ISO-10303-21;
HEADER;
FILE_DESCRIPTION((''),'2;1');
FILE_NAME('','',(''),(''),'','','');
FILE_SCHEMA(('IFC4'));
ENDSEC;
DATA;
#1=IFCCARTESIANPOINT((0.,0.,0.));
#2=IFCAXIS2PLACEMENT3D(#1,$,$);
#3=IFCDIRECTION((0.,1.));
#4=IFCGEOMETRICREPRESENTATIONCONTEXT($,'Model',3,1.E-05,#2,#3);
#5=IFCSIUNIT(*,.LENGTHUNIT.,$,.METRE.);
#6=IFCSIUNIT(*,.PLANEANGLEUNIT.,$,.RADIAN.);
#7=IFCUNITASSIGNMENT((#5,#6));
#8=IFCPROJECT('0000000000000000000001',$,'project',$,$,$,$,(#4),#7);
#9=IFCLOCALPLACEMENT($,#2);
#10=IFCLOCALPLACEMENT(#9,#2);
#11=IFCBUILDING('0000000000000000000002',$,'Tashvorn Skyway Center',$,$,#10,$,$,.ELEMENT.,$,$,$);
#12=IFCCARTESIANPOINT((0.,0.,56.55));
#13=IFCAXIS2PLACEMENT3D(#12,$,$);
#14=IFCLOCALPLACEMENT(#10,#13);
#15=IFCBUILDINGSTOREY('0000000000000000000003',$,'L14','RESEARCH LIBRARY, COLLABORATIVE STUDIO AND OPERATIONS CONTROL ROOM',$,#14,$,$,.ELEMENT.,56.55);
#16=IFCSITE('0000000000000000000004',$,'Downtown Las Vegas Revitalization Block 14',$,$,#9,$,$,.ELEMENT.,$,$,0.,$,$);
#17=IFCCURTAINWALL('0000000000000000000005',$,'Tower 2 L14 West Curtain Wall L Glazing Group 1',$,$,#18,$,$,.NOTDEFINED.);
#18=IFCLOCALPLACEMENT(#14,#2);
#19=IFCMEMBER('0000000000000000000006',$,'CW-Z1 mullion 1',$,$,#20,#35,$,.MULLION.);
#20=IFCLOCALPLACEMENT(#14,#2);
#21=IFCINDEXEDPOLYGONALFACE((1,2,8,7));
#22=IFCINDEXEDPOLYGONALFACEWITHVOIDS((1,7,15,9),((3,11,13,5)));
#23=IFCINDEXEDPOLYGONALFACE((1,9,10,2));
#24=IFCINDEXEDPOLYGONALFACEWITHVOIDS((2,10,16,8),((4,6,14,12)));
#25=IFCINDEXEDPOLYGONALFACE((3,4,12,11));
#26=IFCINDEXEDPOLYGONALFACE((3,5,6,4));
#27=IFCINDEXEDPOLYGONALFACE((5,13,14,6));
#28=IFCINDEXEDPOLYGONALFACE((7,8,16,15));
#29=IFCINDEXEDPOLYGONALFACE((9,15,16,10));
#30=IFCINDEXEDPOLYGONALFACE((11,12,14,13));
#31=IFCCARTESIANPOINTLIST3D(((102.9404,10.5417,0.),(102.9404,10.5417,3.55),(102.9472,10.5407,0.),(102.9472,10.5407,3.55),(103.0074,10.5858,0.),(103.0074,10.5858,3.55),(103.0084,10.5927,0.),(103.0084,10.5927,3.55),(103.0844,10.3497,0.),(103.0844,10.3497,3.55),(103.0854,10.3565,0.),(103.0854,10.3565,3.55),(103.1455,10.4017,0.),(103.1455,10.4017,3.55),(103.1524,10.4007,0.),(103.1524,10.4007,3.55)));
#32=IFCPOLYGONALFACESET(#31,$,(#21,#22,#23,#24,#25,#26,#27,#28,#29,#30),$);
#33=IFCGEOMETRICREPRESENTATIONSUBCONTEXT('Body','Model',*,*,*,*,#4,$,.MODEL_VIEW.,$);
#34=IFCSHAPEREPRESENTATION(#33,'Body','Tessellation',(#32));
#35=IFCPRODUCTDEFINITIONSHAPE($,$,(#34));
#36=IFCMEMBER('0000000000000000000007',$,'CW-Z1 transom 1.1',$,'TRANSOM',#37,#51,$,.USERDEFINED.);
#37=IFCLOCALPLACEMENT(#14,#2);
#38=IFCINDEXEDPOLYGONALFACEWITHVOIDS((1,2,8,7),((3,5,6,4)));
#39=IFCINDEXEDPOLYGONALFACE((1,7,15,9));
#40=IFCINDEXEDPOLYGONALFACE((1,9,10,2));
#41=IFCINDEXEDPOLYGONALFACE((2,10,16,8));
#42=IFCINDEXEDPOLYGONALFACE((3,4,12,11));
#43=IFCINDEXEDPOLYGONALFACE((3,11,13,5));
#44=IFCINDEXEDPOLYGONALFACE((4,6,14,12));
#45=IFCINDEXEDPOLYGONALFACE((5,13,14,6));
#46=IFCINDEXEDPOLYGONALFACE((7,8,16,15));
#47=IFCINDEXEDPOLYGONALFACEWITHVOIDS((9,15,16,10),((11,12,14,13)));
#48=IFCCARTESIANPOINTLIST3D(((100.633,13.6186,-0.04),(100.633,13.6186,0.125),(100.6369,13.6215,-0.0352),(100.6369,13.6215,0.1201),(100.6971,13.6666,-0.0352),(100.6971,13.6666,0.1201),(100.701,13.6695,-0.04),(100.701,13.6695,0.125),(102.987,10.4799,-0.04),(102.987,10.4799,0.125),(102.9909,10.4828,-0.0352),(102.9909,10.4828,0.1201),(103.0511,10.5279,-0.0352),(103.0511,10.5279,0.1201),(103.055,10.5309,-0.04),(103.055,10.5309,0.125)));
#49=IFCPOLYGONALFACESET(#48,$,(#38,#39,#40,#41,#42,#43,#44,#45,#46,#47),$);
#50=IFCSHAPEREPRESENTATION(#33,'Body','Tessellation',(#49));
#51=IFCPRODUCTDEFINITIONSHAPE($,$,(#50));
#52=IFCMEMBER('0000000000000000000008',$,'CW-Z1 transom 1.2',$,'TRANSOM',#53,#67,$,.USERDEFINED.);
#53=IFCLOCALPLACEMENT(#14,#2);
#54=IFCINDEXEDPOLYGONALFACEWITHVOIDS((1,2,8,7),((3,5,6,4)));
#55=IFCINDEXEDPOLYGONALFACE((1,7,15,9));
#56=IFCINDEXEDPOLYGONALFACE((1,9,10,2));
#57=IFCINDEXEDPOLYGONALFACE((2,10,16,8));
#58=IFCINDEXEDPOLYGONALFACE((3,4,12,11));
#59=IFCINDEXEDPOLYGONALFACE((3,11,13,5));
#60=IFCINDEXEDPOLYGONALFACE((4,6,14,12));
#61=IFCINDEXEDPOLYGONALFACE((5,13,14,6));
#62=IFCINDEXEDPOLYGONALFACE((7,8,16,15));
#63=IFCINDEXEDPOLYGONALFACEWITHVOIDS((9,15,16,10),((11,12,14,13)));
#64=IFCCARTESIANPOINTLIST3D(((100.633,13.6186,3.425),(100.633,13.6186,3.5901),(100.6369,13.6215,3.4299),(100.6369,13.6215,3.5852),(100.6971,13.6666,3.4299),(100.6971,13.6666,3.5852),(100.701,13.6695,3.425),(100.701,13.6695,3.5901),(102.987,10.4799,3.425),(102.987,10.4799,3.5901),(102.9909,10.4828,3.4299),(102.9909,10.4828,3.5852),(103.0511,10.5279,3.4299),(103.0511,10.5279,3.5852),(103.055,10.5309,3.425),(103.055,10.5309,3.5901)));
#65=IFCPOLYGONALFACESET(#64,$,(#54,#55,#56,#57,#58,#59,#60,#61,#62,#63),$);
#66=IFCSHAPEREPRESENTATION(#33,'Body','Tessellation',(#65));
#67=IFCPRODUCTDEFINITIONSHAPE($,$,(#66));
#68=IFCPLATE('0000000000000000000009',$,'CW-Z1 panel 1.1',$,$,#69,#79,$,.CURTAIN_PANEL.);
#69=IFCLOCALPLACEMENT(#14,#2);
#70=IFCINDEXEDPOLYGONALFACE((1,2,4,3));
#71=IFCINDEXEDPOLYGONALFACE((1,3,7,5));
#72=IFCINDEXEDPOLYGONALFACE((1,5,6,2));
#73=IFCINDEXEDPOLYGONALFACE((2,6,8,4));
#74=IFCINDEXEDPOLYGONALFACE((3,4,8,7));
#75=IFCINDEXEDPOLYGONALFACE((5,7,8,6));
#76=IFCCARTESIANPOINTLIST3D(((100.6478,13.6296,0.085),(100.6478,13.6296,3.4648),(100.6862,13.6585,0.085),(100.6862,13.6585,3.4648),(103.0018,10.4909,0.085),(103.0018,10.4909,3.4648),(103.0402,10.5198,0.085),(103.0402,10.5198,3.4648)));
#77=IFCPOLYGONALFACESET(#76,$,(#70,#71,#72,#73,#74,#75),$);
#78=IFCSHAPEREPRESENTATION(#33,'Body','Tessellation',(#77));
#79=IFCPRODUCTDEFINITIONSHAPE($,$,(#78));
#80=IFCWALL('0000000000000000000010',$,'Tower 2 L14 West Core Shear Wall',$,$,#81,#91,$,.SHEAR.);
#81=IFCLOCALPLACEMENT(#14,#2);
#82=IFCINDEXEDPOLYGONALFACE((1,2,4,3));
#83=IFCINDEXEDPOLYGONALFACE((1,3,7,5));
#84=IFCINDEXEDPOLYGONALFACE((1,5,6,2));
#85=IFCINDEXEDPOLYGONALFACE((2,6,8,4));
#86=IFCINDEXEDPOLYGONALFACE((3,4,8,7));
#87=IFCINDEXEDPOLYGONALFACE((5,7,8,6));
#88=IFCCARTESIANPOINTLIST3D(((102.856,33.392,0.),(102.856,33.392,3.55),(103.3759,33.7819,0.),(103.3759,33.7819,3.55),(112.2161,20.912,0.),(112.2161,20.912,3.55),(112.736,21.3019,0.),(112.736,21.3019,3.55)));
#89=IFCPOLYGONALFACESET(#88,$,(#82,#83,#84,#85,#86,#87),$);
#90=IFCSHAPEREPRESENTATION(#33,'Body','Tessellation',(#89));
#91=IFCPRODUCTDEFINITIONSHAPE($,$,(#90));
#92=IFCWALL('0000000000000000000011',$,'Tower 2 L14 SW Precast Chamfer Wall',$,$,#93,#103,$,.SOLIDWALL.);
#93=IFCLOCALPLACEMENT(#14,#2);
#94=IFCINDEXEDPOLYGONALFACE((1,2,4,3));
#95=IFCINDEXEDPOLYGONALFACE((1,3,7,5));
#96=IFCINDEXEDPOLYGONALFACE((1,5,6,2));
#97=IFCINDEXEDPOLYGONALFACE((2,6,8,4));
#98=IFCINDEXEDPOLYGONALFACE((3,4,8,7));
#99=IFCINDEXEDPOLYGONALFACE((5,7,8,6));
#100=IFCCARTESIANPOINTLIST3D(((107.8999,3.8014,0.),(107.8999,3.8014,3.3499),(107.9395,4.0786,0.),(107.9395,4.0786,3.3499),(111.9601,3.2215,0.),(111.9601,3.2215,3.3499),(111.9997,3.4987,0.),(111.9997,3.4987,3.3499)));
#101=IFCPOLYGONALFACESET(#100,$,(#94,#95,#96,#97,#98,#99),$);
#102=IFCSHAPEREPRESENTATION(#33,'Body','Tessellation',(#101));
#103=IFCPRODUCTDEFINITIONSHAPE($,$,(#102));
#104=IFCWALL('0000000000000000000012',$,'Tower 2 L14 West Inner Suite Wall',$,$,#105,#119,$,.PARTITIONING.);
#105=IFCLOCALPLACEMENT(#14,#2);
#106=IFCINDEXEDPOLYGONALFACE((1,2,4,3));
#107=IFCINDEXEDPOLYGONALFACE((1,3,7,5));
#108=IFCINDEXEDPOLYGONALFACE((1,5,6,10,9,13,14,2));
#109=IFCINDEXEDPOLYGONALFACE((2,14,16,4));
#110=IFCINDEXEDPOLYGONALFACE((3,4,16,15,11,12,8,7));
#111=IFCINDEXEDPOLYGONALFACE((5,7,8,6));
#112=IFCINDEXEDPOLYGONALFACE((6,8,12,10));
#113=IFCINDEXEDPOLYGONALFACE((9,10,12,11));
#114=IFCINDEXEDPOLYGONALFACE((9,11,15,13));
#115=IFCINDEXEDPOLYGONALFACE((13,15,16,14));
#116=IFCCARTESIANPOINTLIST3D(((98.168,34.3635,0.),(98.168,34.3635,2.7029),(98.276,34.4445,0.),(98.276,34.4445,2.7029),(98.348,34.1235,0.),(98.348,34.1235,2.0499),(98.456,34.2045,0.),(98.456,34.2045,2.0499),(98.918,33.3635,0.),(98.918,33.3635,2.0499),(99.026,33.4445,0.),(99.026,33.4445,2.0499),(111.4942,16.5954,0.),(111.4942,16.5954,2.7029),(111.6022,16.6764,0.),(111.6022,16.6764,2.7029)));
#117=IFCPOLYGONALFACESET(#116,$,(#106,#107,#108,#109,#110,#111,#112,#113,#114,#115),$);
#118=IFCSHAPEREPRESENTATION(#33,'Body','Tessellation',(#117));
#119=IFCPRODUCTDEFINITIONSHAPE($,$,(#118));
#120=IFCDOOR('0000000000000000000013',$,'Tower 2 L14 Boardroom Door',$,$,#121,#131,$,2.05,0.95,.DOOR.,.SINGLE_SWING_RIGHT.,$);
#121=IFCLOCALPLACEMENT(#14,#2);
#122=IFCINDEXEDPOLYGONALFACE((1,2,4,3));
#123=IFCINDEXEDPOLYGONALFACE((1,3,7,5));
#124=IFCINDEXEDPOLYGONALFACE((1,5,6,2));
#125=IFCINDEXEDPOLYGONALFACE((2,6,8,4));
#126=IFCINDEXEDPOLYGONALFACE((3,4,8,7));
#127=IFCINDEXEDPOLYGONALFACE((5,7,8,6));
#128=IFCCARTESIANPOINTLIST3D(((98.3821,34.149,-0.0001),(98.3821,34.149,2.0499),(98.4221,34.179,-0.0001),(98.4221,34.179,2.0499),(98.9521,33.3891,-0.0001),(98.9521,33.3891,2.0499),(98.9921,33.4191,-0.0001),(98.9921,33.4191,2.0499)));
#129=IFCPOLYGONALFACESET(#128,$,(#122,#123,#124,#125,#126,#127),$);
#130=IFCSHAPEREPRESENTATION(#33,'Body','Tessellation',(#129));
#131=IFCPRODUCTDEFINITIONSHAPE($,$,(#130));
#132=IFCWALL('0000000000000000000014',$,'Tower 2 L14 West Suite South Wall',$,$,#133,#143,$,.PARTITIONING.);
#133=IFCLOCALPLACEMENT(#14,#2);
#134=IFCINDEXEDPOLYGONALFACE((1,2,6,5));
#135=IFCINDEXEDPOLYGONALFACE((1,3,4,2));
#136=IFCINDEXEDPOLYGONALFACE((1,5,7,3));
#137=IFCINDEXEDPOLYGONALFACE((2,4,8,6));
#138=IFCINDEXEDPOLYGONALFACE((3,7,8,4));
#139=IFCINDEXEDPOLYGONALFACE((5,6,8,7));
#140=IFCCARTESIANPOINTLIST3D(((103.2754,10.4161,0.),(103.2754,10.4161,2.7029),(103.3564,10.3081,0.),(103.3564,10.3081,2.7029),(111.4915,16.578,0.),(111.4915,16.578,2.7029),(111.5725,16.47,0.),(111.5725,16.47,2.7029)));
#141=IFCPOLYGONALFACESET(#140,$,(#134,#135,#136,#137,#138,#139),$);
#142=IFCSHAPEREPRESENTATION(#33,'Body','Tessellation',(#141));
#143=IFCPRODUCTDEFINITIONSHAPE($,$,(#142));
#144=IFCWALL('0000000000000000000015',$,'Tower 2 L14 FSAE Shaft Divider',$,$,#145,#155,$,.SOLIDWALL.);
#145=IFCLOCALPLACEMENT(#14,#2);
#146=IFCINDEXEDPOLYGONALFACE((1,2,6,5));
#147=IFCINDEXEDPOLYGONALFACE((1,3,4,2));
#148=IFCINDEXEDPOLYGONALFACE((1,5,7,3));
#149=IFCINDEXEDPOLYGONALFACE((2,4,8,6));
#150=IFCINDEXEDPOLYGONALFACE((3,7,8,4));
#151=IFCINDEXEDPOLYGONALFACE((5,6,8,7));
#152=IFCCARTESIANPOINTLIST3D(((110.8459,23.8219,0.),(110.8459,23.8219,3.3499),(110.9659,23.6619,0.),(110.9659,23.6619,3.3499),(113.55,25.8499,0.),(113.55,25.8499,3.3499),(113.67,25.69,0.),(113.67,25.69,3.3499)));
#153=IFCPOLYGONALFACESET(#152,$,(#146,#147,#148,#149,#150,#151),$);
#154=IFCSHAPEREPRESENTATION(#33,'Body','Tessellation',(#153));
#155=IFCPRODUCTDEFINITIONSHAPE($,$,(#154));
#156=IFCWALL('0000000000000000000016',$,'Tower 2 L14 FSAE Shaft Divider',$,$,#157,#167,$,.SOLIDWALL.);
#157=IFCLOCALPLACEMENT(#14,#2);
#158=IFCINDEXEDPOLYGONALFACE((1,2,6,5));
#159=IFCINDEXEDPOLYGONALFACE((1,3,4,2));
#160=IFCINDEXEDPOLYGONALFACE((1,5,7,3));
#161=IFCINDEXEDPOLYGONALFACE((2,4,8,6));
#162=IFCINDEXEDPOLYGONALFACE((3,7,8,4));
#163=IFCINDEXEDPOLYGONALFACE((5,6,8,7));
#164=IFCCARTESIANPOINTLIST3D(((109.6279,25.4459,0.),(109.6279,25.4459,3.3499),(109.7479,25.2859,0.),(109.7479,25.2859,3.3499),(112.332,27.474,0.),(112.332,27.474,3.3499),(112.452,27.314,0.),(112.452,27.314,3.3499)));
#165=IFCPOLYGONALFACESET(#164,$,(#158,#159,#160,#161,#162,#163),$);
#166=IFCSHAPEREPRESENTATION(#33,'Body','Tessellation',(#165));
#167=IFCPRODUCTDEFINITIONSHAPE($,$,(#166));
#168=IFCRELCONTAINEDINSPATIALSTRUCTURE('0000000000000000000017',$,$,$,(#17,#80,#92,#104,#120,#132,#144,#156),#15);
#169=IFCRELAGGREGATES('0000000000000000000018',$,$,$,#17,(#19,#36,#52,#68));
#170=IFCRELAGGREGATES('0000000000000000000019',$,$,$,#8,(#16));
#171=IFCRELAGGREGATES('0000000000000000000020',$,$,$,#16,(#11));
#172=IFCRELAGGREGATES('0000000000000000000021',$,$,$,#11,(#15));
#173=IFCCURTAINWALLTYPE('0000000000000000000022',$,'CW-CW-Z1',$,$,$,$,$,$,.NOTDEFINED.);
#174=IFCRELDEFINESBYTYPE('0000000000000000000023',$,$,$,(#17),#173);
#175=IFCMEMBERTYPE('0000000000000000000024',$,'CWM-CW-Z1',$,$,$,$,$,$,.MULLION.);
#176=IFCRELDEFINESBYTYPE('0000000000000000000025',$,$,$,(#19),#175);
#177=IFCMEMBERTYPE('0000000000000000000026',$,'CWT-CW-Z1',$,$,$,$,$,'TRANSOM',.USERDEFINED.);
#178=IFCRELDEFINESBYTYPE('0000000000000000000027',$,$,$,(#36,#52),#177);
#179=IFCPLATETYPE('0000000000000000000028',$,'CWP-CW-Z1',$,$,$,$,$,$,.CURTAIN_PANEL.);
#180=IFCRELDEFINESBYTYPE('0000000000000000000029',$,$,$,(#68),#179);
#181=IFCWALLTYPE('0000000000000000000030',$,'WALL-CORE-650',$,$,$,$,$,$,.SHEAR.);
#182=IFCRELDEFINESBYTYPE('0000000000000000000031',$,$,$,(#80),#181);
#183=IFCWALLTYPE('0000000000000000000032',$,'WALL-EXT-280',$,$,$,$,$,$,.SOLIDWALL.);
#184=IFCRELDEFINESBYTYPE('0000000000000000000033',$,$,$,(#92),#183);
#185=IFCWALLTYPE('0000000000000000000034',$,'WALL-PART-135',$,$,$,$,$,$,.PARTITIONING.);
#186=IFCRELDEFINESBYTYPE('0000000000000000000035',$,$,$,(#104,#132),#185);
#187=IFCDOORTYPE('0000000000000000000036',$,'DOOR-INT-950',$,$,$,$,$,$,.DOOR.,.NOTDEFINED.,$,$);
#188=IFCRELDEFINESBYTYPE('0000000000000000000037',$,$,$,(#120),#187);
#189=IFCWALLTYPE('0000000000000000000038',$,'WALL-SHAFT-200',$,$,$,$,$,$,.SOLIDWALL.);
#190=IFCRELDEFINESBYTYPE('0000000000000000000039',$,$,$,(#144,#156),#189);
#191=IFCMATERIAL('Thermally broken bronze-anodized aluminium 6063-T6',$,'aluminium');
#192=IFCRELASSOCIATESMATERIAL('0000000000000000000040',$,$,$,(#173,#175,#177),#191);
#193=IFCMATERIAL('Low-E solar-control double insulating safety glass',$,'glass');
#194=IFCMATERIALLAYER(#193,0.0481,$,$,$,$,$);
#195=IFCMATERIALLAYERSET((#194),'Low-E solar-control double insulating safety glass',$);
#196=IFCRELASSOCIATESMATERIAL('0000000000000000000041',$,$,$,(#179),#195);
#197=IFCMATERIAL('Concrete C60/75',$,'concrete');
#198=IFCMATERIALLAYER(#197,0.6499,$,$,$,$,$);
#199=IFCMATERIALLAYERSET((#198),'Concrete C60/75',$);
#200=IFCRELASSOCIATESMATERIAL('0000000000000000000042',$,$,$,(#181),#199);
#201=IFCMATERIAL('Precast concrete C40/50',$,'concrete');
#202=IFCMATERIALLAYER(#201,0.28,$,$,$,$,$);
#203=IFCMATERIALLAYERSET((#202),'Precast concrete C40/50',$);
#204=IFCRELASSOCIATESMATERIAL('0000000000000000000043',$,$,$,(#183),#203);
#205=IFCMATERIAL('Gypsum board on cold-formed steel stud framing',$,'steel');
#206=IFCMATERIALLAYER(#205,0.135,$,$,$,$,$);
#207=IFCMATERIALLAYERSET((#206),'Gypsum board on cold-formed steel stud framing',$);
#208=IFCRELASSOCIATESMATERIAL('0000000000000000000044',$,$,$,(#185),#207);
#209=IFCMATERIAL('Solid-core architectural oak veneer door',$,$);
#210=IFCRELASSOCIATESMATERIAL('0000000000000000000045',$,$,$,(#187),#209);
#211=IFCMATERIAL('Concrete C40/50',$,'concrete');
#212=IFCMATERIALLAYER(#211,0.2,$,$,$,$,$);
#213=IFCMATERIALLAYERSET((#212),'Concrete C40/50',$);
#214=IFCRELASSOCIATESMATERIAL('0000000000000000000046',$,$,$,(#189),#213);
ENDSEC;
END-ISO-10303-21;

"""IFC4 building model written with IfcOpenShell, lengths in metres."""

from ifc_helpers import new_model, si_unit, direction, frame, frame_2d, origin, origin_2d, place, context, subcontext, project, spatial, rectangle, hollow_rectangle, extrude, material, layer, layer_set, material_profile, profile_set, type_object, element, fill, aggregate, save


model = new_model("IFC4")

# Units and contexts
model_context = context("Model", 3, precision=1e-05, world=origin(), true_north=direction((0.0, 1.0)))
body_context = subcontext(model_context, "Body", "Model", "MODEL_VIEW")
ifc_project = project(units=[si_unit("LENGTHUNIT", "METRE"), si_unit("PLANEANGLEUNIT", "RADIAN")], contexts=[model_context])

# Site, building, storey
site_placement = place(None, origin())
site = spatial("IfcSite", under=ifc_project, at=site_placement, Name="Downtown Las Vegas Revitalization Block 14", CompositionType="ELEMENT", RefElevation=0.0)
building_placement = place(site_placement, origin())
building = spatial("IfcBuilding", under=site, at=building_placement, Name="Tashvorn Skyway Center", CompositionType="ELEMENT")
storey_placement = place(building_placement, frame((0.0, 0.0, 56.55)))
storey = spatial("IfcBuildingStorey", under=building, at=storey_placement, Name="L14", Description="RESEARCH LIBRARY, COLLABORATIVE STUDIO AND OPERATIONS CONTROL ROOM", CompositionType="ELEMENT", Elevation=56.55)

# Shared definitions
ifc_material_1 = material(Name="Concrete C60/75", Category="concrete")

# Curtain wall, members, plate
ifc_material_2 = material(Name="Thermally broken bronze-anodized aluminium 6063-T6", Category="aluminium")
curtain_wall_type = type_object("IfcCurtainWallType", Name="CW-CW-Z1", PredefinedType="NOTDEFINED", material=ifc_material_2)
curtain_wall_placement = place(storey_placement, origin())
curtain_wall = element("IfcCurtainWall", 1, at=curtain_wall_placement, inside=storey, type_object=curtain_wall_type, Name="Tower 2 L14 West Curtain Wall L Glazing Group 1", PredefinedType="NOTDEFINED")
ifc_material_profile_1 = material_profile(ifc_material_2, hollow_rectangle(XDim=0.085, YDim=0.24, WallThickness=0.0049, at=origin_2d()), Name="ALU-MULL-85x240")
ifc_profile_set_1 = profile_set([ifc_material_profile_1], Name="Thermally broken bronze-anodized aluminium 6063-T6")
member_type_1 = type_object("IfcMemberType", Name="CWM-CW-Z1", PredefinedType="MULLION", material=ifc_profile_set_1)
member_1_placement = place(storey_placement, frame((103.0464, 10.4712, 0.0), z_axis=(0.0, 0.0, 1.0), x_axis=(-0.800003, -0.599996, 0.0)))
member_1 = element("IfcMember", 2, at=member_1_placement, type_object=member_type_1, Name="CW-Z1 mullion 1", PredefinedType="MULLION", context=body_context, shape_type="SweptSolid", body=[
    extrude(hollow_rectangle(XDim=0.085, YDim=0.24, WallThickness=0.0049, at=origin_2d()), origin(), (0.0, 0.0, 1.0), 3.55),
])
ifc_material_profile_2 = material_profile(ifc_material_2, hollow_rectangle(XDim=0.085, YDim=0.165, WallThickness=0.0049, at=origin_2d()), Name="ALU-TRAN-85x165")
ifc_profile_set_2 = profile_set([ifc_material_profile_2], Name="Thermally broken bronze-anodized aluminium 6063-T6")
member_type_2 = type_object("IfcMemberType", Name="CWT-CW-Z1", ElementType="TRANSOM", PredefinedType="USERDEFINED", material=ifc_profile_set_2)
member_2_placement = place(storey_placement, frame((103.021, 10.5054, 0.0425), z_axis=(-0.6, 0.8, 0.0), x_axis=(-0.8, -0.6, 0.0)))
member_2 = element("IfcMember", 3, at=member_2_placement, type_object=member_type_2, Name="CW-Z1 transom 1.1", ObjectType="TRANSOM", PredefinedType="USERDEFINED", context=body_context, shape_type="SweptSolid", body=[
    extrude(hollow_rectangle(XDim=0.085, YDim=0.165, WallThickness=0.0049, at=origin_2d()), origin(), (0.0, 0.0, 1.0), 3.9233),
])
member_3_placement = place(storey_placement, frame((103.021, 10.5054, 3.5076), z_axis=(-0.6, 0.8, 0.0), x_axis=(-0.8, -0.6, 0.0)))
member_3 = element("IfcMember", 4, at=member_3_placement, type_object=member_type_2, Name="CW-Z1 transom 1.2", ObjectType="TRANSOM", PredefinedType="USERDEFINED", context=body_context, shape_type="SweptSolid", body=[
    extrude(hollow_rectangle(XDim=0.085, YDim=0.165, WallThickness=0.0049, at=origin_2d()), origin(), (0.0, 0.0, 1.0), 3.9233),
])
ifc_material_3 = material(Name="Low-E solar-control double insulating safety glass", Category="glass")
ifc_layer_1 = layer(ifc_material_3, 0.0481)
ifc_layer_set_1 = layer_set([ifc_layer_1], Name="Low-E solar-control double insulating safety glass")
plate_type = type_object("IfcPlateType", Name="CWP-CW-Z1", PredefinedType="CURTAIN_PANEL", material=ifc_layer_set_1)
plate_placement = place(storey_placement, frame((101.844, 12.0747, 0.085), z_axis=(0.0, 0.0, 1.0), x_axis=(-0.599996, 0.800003, 0.0)))
plate = element("IfcPlate", 5, at=plate_placement, type_object=plate_type, Name="CW-Z1 panel 1.1", PredefinedType="CURTAIN_PANEL", context=body_context, shape_type="SweptSolid", body=[
    extrude(rectangle(XDim=3.9233, YDim=0.0481, at=origin_2d()), origin(), (0.0, 0.0, 1.0), 3.3799),
])
aggregate(curtain_wall, [member_1, member_2, member_3, plate])

# Walls
ifc_layer_2 = layer(ifc_material_1, 0.6499)
ifc_layer_set_2 = layer_set([ifc_layer_2], Name="Concrete C60/75")
wall_type_1 = type_object("IfcWallType", Name="WALL-CORE-650", PredefinedType="SHEAR", material=ifc_layer_set_2)
wall_1_placement = place(storey_placement, frame((112.4761, 21.1069, 0.0), z_axis=(0.0, 0.0, 1.0), x_axis=(-0.600005, 0.799996, 0.0)))
element("IfcWall", 6, at=wall_1_placement, inside=storey, type_object=wall_type_1, Name="Tower 2 L14 West Core Shear Wall", PredefinedType="SHEAR", context=body_context, shape_type="SweptSolid", body=[
    extrude(rectangle(XDim=15.6001, YDim=0.6499, at=frame_2d((7.8, 0.0))), origin(), (0.0, 0.0, 1.0), 3.55),
])
ifc_material_4 = material(Name="Precast concrete C40/50", Category="concrete")
ifc_layer_3 = layer(ifc_material_4, 0.28)
ifc_layer_set_3 = layer_set([ifc_layer_3], Name="Precast concrete C40/50")
wall_type_2 = type_object("IfcWallType", Name="WALL-EXT-280", PredefinedType="SOLIDWALL", material=ifc_layer_set_3)
wall_2_placement = place(storey_placement, frame((111.98, 3.3601, 0.0), z_axis=(0.0, 0.0, 1.0), x_axis=(-0.989955, 0.14138, 0.0)))
element("IfcWall", 7, at=wall_2_placement, inside=storey, type_object=wall_type_2, Name="Tower 2 L14 SW Precast Chamfer Wall", PredefinedType="SOLIDWALL", context=body_context, shape_type="SweptSolid", body=[
    extrude(rectangle(XDim=4.1013, YDim=0.28, at=frame_2d((2.0508, 0.0))), origin(), (0.0, 0.0, 1.0), 3.3499),
])

# Wall, opening, door
ifc_material_5 = material(Name="Gypsum board on cold-formed steel stud framing", Category="steel")
ifc_layer_4 = layer(ifc_material_5, 0.135)
ifc_layer_set_4 = layer_set([ifc_layer_4], Name="Gypsum board on cold-formed steel stud framing")
wall_type_3 = type_object("IfcWallType", Name="WALL-PART-135", PredefinedType="PARTITIONING", material=ifc_layer_set_4)
wall_3_placement = place(storey_placement, frame((111.5481, 16.636, 0.0), z_axis=(0.0, 0.0, 1.0), x_axis=(-0.600004, 0.799997, 0.0)))
wall_3 = element("IfcWall", 8, at=wall_3_placement, inside=storey, type_object=wall_type_3, Name="Tower 2 L14 West Inner Suite Wall", PredefinedType="PARTITIONING", context=body_context, shape_type="SweptSolid", body=[
    extrude(rectangle(XDim=22.2102, YDim=0.135, at=frame_2d((11.105, 0.0))), origin(), (0.0, 0.0, 1.0), 2.7029),
])
opening_1_placement = place(wall_3_placement, frame((20.96, 0.0, 0.0)))
opening_1 = element("IfcOpeningElement", 9, at=opening_1_placement, cuts=wall_3, PredefinedType="OPENING", context=body_context, shape_type="SweptSolid", body=[
    extrude(rectangle(XDim=0.95, YDim=2.05, at=frame_2d((0.4751, 1.0249))), frame((0.0, 0.0774, 0.0), z_axis=(0.0, -1.0, 0.0), x_axis=(1.0, 0.0, 0.0)), (0.0, 0.0, 1.0), 0.155),
])
ifc_material_6 = material(Name="Solid-core architectural oak veneer door")
door_type_1 = type_object("IfcDoorType", Name="DOOR-INT-950", OperationType="NOTDEFINED", PredefinedType="DOOR", material=ifc_material_6)
door_1_placement = place(opening_1_placement, origin())
door_1 = element("IfcDoor", 10, at=door_1_placement, inside=storey, type_object=door_type_1, Name="Tower 2 L14 Boardroom Door", OperationType="SINGLE_SWING_RIGHT", OverallHeight=2.05, OverallWidth=0.95, PredefinedType="DOOR", context=body_context, shape_type="SweptSolid", body=[
    extrude(rectangle(XDim=0.95, YDim=2.05, at=frame_2d((0.4751, 1.0249))), frame((0.0, 0.0249, 0.0), z_axis=(0.0, -1.0, 0.0), x_axis=(1.0, 0.0, 0.0)), (0.0, 0.0, 1.0), 0.05),
])
fill(opening_1, door_1)

# Walls
wall_4_placement = place(storey_placement, frame((103.3159, 10.3621, 0.0), z_axis=(0.0, 0.0, 1.0), x_axis=(0.800009, 0.599989, 0.0)))
element("IfcWall", 11, at=wall_4_placement, inside=storey, type_object=wall_type_3, Name="Tower 2 L14 West Suite South Wall", PredefinedType="PARTITIONING", context=body_context, shape_type="SweptSolid", body=[
    extrude(rectangle(XDim=10.27, YDim=0.135, at=frame_2d((5.135, 0.0))), origin(), (0.0, 0.0, 1.0), 2.7029),
])
ifc_material_7 = material(Name="Concrete C40/50", Category="concrete")
ifc_layer_5 = layer(ifc_material_7, 0.2)
ifc_layer_set_5 = layer_set([ifc_layer_5], Name="Concrete C40/50")
wall_type_4 = type_object("IfcWallType", Name="WALL-SHAFT-200", PredefinedType="SOLIDWALL", material=ifc_layer_set_5)
for number, where, z_axis, x_axis, name in (
    (12, (110.906, 23.7419, 0.0), (0.0, 0.0, 1.0), (0.8, 0.6, 0.0), "Tower 2 L14 FSAE Shaft Divider"),
    (13, (109.688, 25.366, 0.0), (0.0, 0.0, 1.0), (0.8, 0.6, 0.0), "Tower 2 L14 FSAE Shaft Divider"),
):
    element("IfcWall", number, at=place(storey_placement, frame(where, z_axis=z_axis, x_axis=x_axis)), inside=storey, type_object=wall_type_4, Name=name, PredefinedType="SOLIDWALL", context=body_context, shape_type="SweptSolid", body=[
        extrude(rectangle(XDim=3.3801, YDim=0.2, at=frame_2d((1.6899, 0.0))), origin(), (0.0, 0.0, 1.0), 3.3499),
    ])

save(model, "model.ifc")
